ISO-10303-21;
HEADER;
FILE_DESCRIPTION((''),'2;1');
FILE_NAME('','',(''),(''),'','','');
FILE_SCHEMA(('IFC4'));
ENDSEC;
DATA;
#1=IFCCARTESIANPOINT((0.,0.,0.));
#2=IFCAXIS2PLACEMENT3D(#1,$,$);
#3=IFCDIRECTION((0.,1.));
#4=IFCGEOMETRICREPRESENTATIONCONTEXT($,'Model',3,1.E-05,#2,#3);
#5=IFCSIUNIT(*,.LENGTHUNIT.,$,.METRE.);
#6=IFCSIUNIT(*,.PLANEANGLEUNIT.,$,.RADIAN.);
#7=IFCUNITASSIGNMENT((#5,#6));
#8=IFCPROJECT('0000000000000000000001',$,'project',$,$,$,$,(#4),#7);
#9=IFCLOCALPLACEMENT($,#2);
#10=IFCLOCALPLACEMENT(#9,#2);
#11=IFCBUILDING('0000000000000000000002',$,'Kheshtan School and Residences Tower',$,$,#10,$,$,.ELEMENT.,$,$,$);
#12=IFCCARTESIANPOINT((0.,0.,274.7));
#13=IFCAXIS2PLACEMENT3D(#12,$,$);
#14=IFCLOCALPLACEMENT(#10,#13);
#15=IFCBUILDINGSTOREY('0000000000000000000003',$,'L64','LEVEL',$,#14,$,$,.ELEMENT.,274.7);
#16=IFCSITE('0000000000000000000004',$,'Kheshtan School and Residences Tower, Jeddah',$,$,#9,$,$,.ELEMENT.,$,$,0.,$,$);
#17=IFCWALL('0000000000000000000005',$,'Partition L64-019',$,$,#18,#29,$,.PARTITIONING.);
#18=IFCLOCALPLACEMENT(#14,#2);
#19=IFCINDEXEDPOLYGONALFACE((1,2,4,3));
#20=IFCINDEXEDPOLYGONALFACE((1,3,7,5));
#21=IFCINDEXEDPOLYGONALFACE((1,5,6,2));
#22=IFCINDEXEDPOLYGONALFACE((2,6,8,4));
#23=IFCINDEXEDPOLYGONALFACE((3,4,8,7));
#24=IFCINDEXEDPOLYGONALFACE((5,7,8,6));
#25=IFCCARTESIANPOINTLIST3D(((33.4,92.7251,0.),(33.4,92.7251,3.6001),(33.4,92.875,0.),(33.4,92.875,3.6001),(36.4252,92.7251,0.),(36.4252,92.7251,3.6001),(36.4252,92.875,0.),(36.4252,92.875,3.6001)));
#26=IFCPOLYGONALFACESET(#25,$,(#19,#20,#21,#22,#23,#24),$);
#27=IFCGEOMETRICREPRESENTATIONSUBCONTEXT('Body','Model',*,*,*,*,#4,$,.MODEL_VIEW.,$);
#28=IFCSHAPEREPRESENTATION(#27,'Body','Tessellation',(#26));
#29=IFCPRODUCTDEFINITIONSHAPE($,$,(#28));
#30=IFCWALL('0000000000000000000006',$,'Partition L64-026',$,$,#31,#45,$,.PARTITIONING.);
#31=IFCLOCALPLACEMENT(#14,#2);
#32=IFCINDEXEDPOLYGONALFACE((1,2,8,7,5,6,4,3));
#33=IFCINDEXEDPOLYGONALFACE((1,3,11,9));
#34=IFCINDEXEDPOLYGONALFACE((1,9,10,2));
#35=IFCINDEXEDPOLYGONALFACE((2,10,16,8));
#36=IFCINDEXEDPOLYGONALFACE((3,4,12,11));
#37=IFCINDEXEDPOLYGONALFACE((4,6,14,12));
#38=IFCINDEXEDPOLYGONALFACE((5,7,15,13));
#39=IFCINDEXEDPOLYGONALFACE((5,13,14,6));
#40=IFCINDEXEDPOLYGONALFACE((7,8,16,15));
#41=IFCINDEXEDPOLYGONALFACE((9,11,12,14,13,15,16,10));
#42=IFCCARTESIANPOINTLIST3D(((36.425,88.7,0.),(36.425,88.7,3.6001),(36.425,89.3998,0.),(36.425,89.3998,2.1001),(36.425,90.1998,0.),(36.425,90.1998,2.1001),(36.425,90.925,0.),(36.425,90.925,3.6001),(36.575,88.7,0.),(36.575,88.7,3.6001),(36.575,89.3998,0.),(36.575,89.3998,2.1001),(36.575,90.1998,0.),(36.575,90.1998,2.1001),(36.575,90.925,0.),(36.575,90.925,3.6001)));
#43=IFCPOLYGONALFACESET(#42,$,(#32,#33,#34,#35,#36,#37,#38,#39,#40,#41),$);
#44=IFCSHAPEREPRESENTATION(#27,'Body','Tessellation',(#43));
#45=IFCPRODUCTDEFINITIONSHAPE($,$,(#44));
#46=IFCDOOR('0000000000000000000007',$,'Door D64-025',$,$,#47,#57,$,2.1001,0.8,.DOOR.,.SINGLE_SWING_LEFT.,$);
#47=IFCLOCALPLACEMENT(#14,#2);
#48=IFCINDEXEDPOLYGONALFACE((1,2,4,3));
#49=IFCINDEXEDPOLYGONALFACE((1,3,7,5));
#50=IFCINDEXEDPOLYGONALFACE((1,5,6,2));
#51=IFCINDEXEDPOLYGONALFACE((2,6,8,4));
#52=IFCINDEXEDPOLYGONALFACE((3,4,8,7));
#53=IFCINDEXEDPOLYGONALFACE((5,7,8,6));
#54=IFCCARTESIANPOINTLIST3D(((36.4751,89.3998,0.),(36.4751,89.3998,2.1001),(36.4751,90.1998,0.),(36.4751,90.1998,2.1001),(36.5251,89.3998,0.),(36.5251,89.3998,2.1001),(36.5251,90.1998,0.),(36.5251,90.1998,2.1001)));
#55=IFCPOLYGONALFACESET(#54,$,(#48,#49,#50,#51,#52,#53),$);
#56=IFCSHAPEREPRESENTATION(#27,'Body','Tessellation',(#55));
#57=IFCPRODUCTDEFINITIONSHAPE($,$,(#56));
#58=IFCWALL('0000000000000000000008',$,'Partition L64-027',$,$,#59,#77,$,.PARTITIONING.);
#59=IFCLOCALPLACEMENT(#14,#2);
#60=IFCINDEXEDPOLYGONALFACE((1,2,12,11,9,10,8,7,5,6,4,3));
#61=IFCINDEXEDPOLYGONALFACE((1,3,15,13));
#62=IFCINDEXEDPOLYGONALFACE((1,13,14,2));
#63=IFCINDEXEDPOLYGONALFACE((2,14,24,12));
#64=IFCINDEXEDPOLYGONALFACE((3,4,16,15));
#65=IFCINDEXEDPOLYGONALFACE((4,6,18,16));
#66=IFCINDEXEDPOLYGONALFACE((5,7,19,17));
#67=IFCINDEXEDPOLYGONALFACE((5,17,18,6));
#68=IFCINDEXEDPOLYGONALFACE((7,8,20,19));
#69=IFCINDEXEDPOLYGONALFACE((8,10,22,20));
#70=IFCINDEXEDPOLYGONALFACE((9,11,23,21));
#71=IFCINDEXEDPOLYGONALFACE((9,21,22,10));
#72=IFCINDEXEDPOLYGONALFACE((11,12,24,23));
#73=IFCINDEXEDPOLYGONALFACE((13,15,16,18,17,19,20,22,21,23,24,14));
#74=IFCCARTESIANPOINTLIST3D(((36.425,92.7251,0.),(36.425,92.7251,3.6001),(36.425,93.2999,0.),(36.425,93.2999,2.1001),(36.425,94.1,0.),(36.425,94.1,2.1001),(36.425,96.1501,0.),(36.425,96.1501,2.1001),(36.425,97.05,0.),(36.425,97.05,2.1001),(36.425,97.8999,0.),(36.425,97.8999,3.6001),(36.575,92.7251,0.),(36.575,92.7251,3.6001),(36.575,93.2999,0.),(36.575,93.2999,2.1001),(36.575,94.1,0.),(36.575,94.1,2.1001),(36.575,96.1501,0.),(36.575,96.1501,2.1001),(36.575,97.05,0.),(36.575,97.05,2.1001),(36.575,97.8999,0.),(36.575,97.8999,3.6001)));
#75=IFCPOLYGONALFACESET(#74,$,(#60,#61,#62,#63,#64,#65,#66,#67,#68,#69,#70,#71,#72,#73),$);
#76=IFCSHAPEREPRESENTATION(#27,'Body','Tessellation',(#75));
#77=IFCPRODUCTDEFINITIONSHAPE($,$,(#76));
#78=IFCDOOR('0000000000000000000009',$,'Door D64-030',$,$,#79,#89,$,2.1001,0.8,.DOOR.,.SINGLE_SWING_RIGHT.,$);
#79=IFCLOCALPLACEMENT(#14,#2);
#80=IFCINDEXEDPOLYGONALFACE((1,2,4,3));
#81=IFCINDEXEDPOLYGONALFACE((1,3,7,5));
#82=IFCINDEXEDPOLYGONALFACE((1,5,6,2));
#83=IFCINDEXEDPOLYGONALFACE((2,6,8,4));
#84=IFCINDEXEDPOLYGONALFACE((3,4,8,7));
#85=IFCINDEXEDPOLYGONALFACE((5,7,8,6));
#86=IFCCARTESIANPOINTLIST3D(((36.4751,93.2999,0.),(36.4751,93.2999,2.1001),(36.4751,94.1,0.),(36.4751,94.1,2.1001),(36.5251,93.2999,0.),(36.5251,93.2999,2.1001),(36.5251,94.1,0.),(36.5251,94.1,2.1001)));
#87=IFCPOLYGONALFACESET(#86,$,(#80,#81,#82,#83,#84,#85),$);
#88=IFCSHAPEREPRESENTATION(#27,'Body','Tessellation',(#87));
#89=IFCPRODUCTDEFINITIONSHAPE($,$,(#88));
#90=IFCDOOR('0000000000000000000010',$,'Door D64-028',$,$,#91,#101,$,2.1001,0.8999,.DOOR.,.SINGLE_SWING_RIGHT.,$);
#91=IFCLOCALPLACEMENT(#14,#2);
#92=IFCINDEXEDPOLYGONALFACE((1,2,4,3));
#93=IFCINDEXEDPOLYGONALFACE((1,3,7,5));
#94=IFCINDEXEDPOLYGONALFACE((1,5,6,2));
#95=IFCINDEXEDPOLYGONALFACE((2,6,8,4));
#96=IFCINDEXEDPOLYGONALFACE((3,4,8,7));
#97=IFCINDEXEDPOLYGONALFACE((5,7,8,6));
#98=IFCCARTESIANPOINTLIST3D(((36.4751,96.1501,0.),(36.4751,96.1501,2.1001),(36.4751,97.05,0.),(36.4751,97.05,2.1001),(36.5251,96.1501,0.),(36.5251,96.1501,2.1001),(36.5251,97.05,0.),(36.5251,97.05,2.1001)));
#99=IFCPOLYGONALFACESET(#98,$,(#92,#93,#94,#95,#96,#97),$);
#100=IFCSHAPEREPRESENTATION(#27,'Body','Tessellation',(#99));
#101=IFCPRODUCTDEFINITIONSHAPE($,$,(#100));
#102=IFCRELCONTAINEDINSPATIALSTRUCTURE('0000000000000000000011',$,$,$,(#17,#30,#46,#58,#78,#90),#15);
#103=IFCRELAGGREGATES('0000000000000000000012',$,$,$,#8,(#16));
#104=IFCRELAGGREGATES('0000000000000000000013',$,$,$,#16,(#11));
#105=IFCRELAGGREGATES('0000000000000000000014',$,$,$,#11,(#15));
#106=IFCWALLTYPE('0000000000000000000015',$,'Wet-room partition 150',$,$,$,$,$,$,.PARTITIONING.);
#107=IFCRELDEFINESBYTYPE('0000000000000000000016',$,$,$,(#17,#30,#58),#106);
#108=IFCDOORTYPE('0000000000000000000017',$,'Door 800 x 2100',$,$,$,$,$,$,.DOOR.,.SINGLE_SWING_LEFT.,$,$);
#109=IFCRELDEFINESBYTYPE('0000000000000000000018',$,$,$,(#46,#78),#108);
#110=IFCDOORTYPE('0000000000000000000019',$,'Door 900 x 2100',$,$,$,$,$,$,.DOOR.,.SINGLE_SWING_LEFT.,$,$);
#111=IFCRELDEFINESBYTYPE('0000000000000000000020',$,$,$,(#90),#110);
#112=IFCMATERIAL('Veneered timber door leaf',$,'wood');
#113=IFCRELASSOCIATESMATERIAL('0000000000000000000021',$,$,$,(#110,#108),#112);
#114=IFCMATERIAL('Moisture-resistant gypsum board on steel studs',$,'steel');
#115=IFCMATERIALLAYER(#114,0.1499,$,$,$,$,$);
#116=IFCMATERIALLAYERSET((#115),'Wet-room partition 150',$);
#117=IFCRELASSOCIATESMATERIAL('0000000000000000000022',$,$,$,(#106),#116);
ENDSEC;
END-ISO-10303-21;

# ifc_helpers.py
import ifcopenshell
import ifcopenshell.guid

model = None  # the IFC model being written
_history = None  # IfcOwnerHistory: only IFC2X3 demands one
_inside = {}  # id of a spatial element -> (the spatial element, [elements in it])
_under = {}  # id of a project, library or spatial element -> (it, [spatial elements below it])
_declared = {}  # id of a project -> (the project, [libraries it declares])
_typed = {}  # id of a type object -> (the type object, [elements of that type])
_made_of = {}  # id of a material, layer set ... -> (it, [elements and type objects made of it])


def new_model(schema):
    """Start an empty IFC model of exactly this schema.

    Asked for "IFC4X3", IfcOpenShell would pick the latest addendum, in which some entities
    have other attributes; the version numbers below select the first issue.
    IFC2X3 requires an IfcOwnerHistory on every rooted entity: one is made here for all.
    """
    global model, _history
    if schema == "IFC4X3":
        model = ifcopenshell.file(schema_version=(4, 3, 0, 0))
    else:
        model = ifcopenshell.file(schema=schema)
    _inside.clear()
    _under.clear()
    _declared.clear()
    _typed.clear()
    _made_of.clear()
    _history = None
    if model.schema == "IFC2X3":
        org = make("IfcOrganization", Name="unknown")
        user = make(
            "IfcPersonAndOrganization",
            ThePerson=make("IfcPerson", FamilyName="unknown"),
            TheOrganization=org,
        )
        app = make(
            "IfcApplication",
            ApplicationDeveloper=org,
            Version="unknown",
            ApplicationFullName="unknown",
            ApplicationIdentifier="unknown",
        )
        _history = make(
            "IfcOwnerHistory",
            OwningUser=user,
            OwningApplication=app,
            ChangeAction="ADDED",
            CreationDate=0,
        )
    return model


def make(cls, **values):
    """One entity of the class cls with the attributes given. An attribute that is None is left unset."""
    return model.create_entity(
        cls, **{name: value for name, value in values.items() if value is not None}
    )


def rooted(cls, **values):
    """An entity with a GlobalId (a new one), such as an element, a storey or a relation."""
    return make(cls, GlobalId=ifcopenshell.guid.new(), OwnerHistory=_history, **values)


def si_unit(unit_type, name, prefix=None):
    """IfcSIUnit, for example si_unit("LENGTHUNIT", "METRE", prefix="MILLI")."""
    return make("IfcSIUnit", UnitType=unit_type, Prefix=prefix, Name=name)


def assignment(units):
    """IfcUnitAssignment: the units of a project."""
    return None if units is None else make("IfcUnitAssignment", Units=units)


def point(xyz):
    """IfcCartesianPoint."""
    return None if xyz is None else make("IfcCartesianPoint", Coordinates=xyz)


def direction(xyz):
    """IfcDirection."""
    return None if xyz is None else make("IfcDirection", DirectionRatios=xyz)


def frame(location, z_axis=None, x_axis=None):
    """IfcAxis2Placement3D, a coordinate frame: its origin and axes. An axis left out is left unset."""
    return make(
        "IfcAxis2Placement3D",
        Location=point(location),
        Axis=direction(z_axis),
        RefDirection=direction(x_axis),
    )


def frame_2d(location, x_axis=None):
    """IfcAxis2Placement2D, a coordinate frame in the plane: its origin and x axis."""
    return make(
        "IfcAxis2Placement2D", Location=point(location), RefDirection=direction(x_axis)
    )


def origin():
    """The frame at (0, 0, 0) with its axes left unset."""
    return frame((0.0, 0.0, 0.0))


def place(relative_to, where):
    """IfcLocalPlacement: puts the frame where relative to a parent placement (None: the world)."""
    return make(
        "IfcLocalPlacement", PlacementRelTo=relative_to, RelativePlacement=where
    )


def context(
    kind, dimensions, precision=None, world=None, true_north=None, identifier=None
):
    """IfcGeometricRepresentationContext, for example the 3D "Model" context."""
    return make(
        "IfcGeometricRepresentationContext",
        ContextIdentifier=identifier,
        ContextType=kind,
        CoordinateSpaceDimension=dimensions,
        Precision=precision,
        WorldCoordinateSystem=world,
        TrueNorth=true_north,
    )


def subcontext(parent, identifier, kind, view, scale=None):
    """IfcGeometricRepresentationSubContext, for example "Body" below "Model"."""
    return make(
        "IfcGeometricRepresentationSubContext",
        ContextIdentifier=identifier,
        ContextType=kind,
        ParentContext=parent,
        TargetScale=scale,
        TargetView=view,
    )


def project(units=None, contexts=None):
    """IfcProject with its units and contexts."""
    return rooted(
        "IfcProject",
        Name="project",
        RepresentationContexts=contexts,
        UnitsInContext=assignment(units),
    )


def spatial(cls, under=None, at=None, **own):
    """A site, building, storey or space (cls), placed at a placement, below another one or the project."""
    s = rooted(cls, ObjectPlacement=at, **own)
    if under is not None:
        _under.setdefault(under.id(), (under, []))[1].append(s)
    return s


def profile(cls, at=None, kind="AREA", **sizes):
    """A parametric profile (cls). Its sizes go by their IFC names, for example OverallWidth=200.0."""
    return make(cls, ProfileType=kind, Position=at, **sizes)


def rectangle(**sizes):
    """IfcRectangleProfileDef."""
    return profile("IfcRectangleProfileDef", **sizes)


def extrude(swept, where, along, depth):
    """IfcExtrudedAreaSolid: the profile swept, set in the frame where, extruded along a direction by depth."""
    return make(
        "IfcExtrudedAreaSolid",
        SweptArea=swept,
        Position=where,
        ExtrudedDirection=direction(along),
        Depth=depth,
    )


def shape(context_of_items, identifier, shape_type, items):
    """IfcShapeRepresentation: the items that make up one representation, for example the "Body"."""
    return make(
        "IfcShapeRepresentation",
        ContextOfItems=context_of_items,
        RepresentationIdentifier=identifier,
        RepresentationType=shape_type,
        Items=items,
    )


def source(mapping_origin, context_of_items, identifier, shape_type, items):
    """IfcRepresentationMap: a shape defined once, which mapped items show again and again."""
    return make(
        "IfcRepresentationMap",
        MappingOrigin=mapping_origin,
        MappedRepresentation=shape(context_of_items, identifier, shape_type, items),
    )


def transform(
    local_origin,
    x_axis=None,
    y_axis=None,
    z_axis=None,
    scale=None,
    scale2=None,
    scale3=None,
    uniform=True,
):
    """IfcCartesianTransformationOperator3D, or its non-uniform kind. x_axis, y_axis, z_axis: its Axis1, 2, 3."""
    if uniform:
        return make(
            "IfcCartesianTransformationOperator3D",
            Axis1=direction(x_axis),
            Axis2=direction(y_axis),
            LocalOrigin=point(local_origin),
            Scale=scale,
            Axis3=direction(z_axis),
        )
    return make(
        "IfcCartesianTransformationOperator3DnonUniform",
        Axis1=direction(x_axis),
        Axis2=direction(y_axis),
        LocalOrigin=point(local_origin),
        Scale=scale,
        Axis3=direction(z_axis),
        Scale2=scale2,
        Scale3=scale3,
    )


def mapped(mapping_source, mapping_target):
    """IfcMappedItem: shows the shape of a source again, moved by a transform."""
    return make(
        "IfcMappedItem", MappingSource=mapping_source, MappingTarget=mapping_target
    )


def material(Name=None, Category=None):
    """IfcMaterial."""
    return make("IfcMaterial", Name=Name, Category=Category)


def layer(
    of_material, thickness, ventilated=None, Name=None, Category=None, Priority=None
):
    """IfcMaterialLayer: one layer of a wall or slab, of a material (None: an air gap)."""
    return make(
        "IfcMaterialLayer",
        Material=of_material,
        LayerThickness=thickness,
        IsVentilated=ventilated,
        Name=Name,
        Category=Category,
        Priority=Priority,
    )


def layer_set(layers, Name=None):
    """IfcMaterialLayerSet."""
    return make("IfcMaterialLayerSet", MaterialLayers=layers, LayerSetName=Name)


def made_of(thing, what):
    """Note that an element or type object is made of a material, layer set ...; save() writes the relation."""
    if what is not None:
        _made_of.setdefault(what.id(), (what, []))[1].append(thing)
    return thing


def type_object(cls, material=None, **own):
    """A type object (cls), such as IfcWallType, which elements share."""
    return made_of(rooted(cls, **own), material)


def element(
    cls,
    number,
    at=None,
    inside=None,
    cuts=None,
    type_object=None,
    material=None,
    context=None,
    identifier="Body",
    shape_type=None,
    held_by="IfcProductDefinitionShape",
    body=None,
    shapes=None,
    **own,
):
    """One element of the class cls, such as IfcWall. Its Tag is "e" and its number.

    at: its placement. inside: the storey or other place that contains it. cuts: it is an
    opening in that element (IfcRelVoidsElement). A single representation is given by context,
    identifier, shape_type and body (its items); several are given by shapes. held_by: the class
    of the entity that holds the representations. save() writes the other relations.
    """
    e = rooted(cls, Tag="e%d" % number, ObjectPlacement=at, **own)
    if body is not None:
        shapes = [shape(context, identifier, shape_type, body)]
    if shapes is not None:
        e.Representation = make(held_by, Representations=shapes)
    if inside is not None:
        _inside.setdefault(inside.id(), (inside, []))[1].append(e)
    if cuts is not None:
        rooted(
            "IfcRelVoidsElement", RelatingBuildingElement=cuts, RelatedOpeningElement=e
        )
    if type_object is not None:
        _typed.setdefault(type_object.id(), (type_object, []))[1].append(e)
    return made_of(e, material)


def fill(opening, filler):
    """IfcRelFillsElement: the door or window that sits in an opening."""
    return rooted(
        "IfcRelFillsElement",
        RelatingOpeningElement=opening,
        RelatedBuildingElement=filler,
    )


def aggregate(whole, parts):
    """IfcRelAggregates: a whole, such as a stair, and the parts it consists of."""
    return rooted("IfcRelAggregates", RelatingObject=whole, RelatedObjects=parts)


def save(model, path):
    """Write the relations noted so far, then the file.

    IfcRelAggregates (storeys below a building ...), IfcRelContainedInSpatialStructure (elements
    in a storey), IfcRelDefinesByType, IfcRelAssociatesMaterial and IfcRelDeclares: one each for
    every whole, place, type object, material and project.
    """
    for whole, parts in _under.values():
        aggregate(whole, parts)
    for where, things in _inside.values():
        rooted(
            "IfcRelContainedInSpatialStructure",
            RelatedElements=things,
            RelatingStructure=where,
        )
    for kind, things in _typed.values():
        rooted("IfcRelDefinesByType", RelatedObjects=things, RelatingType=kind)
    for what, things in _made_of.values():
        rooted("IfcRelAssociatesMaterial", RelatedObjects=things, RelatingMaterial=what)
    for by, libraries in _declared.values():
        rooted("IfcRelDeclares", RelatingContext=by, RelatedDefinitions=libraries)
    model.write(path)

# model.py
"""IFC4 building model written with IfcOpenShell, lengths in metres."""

from ifc_helpers import new_model, si_unit, direction, frame, frame_2d, origin, place, context, subcontext, project, spatial, rectangle, extrude, source, transform, mapped, material, layer, layer_set, type_object, element, fill, save


model = new_model("IFC4")

# Units and contexts
model_context = context("Model", 3, precision=1e-05, world=origin(), true_north=direction((0.0, 1.0)))
body_context = subcontext(model_context, "Body", "Model", "MODEL_VIEW")
ifc_project = project(units=[si_unit("LENGTHUNIT", "METRE"), si_unit("PLANEANGLEUNIT", "RADIAN")], contexts=[model_context])

# Site, building, storey
site_placement = place(None, origin())
site = spatial("IfcSite", under=ifc_project, at=site_placement, Name="Kheshtan School and Residences Tower, Jeddah", CompositionType="ELEMENT", RefElevation=0.0)
building_placement = place(site_placement, origin())
building = spatial("IfcBuilding", under=site, at=building_placement, Name="Kheshtan School and Residences Tower", CompositionType="ELEMENT")
storey_placement = place(building_placement, frame((0.0, 0.0, 274.7)))
storey = spatial("IfcBuildingStorey", under=building, at=storey_placement, Name="L64", Description="LEVEL", CompositionType="ELEMENT", Elevation=274.7)

# Shared definitions
ifc_material_1 = material(Name="Veneered timber door leaf", Category="wood")
door_type_1 = type_object("IfcDoorType", Name="Door 900 x 2100", OperationType="SINGLE_SWING_LEFT", PredefinedType="DOOR", material=ifc_material_1)
shared_shape_1 = source(origin(), body_context, "Body", "SweptSolid", [
    extrude(rectangle(XDim=0.8999, YDim=2.1001, at=frame_2d((0.45, 1.05))), frame((0.0, 0.0249, 0.0), z_axis=(0.0, -1.0, 0.0), x_axis=(1.0, 0.0, 0.0)), (0.0, 0.0, 1.0), 0.05),
])

# Wall
ifc_material_2 = material(Name="Moisture-resistant gypsum board on steel studs", Category="steel")
ifc_layer_1 = layer(ifc_material_2, 0.1499)
ifc_layer_set_1 = layer_set([ifc_layer_1], Name="Wet-room partition 150")
wall_type_1 = type_object("IfcWallType", Name="Wet-room partition 150", PredefinedType="PARTITIONING", material=ifc_layer_set_1)
wall_1_placement = place(storey_placement, frame((33.3999, 92.8, 0.0), z_axis=(0.0, 0.0, 1.0), x_axis=(1.0, 0.0, 0.0)))
element("IfcWall", 1, at=wall_1_placement, inside=storey, type_object=wall_type_1, Name="Partition L64-019", PredefinedType="PARTITIONING", context=body_context, shape_type="SweptSolid", body=[
    extrude(rectangle(XDim=3.0251, YDim=0.1499, at=frame_2d((1.5127, 0.0))), origin(), (0.0, 0.0, 1.0), 3.6001),
])

# Wall, opening, door
wall_2_placement = place(storey_placement, frame((36.5, 88.7, 0.0), z_axis=(0.0, 0.0, 1.0), x_axis=(0.0, 1.0, 0.0)))
wall_2 = element("IfcWall", 2, at=wall_2_placement, inside=storey, type_object=wall_type_1, Name="Partition L64-026", PredefinedType="PARTITIONING", context=body_context, shape_type="SweptSolid", body=[
    extrude(rectangle(XDim=2.2251, YDim=0.1499, at=frame_2d((1.1125, 0.0))), origin(), (0.0, 0.0, 1.0), 3.6001),
])
opening_1_placement = place(wall_2_placement, frame((0.7, 0.0, 0.0)))
opening_1 = element("IfcOpeningElement", 3, at=opening_1_placement, cuts=wall_2, PredefinedType="OPENING", context=body_context, shape_type="SweptSolid", body=[
    extrude(rectangle(XDim=0.8, YDim=2.1001, at=frame_2d((0.3999, 1.05))), frame((0.0, 0.085, 0.0), z_axis=(0.0, -1.0, 0.0), x_axis=(1.0, 0.0, 0.0)), (0.0, 0.0, 1.0), 0.1699),
])
door_type_2 = type_object("IfcDoorType", Name="Door 800 x 2100", OperationType="SINGLE_SWING_LEFT", PredefinedType="DOOR", material=ifc_material_1)
shared_shape_2 = source(origin(), body_context, "Body", "SweptSolid", [
    extrude(rectangle(XDim=0.8, YDim=2.1001, at=frame_2d((0.3999, 1.05))), frame((0.0, 0.0249, 0.0), z_axis=(0.0, -1.0, 0.0), x_axis=(1.0, 0.0, 0.0)), (0.0, 0.0, 1.0), 0.05),
])
door_1_placement = place(opening_1_placement, origin())
door_1 = element("IfcDoor", 4, at=door_1_placement, inside=storey, type_object=door_type_2, Name="Door D64-025", OperationType="SINGLE_SWING_LEFT", OverallHeight=2.1001, OverallWidth=0.8, PredefinedType="DOOR", context=body_context, shape_type="MappedRepresentation", body=[
    mapped(shared_shape_2, transform((0.0, 0.0, 0.0), x_axis=(1.0, 0.0, 0.0), y_axis=(0.0, 1.0, 0.0), z_axis=(0.0, 0.0, 1.0), scale=1.0)),
])
fill(opening_1, door_1)

# Wall, openings, doors
wall_3_placement = place(storey_placement, frame((36.5, 92.7251, 0.0), z_axis=(0.0, 0.0, 1.0), x_axis=(0.0, 1.0, 0.0)))
wall_3 = element("IfcWall", 5, at=wall_3_placement, inside=storey, type_object=wall_type_1, Name="Partition L64-027", PredefinedType="PARTITIONING", context=body_context, shape_type="SweptSolid", body=[
    extrude(rectangle(XDim=5.1748, YDim=0.1499, at=frame_2d((2.5874, 0.0))), origin(), (0.0, 0.0, 1.0), 3.6001),
])
opening_2_placement = place(wall_3_placement, frame((3.425, 0.0, 0.0)))
opening_2 = element("IfcOpeningElement", 6, at=opening_2_placement, cuts=wall_3, PredefinedType="OPENING", context=body_context, shape_type="SweptSolid", body=[
    extrude(rectangle(XDim=0.8999, YDim=2.1001, at=frame_2d((0.45, 1.05))), frame((0.0, 0.085, 0.0), z_axis=(0.0, -1.0, 0.0), x_axis=(1.0, 0.0, 0.0)), (0.0, 0.0, 1.0), 0.1699),
])
opening_3_placement = place(wall_3_placement, frame((0.575, 0.0, 0.0)))
opening_3 = element("IfcOpeningElement", 7, at=opening_3_placement, cuts=wall_3, PredefinedType="OPENING", context=body_context, shape_type="SweptSolid", body=[
    extrude(rectangle(XDim=0.8, YDim=2.1001, at=frame_2d((0.3999, 1.05))), frame((0.0, 0.085, 0.0), z_axis=(0.0, -1.0, 0.0), x_axis=(1.0, 0.0, 0.0)), (0.0, 0.0, 1.0), 0.1699),
])
door_2_placement = place(opening_3_placement, origin())
door_2 = element("IfcDoor", 8, at=door_2_placement, inside=storey, type_object=door_type_2, Name="Door D64-030", OperationType="SINGLE_SWING_RIGHT", OverallHeight=2.1001, OverallWidth=0.8, PredefinedType="DOOR", context=body_context, shape_type="MappedRepresentation", body=[
    mapped(shared_shape_2, transform((0.0, 0.0, 0.0), x_axis=(1.0, 0.0, 0.0), y_axis=(0.0, 1.0, 0.0), z_axis=(0.0, 0.0, 1.0), scale=1.0)),
])
fill(opening_3, door_2)
door_3_placement = place(opening_2_placement, origin())
door_3 = element("IfcDoor", 9, at=door_3_placement, inside=storey, type_object=door_type_1, Name="Door D64-028", OperationType="SINGLE_SWING_RIGHT", OverallHeight=2.1001, OverallWidth=0.8999, PredefinedType="DOOR", context=body_context, shape_type="MappedRepresentation", body=[
    mapped(shared_shape_1, transform((0.0, 0.0, 0.0), x_axis=(1.0, 0.0, 0.0), y_axis=(0.0, 1.0, 0.0), z_axis=(0.0, 0.0, 1.0), scale=1.0)),
])
fill(opening_2, door_3)

save(model, "model.ifc")
